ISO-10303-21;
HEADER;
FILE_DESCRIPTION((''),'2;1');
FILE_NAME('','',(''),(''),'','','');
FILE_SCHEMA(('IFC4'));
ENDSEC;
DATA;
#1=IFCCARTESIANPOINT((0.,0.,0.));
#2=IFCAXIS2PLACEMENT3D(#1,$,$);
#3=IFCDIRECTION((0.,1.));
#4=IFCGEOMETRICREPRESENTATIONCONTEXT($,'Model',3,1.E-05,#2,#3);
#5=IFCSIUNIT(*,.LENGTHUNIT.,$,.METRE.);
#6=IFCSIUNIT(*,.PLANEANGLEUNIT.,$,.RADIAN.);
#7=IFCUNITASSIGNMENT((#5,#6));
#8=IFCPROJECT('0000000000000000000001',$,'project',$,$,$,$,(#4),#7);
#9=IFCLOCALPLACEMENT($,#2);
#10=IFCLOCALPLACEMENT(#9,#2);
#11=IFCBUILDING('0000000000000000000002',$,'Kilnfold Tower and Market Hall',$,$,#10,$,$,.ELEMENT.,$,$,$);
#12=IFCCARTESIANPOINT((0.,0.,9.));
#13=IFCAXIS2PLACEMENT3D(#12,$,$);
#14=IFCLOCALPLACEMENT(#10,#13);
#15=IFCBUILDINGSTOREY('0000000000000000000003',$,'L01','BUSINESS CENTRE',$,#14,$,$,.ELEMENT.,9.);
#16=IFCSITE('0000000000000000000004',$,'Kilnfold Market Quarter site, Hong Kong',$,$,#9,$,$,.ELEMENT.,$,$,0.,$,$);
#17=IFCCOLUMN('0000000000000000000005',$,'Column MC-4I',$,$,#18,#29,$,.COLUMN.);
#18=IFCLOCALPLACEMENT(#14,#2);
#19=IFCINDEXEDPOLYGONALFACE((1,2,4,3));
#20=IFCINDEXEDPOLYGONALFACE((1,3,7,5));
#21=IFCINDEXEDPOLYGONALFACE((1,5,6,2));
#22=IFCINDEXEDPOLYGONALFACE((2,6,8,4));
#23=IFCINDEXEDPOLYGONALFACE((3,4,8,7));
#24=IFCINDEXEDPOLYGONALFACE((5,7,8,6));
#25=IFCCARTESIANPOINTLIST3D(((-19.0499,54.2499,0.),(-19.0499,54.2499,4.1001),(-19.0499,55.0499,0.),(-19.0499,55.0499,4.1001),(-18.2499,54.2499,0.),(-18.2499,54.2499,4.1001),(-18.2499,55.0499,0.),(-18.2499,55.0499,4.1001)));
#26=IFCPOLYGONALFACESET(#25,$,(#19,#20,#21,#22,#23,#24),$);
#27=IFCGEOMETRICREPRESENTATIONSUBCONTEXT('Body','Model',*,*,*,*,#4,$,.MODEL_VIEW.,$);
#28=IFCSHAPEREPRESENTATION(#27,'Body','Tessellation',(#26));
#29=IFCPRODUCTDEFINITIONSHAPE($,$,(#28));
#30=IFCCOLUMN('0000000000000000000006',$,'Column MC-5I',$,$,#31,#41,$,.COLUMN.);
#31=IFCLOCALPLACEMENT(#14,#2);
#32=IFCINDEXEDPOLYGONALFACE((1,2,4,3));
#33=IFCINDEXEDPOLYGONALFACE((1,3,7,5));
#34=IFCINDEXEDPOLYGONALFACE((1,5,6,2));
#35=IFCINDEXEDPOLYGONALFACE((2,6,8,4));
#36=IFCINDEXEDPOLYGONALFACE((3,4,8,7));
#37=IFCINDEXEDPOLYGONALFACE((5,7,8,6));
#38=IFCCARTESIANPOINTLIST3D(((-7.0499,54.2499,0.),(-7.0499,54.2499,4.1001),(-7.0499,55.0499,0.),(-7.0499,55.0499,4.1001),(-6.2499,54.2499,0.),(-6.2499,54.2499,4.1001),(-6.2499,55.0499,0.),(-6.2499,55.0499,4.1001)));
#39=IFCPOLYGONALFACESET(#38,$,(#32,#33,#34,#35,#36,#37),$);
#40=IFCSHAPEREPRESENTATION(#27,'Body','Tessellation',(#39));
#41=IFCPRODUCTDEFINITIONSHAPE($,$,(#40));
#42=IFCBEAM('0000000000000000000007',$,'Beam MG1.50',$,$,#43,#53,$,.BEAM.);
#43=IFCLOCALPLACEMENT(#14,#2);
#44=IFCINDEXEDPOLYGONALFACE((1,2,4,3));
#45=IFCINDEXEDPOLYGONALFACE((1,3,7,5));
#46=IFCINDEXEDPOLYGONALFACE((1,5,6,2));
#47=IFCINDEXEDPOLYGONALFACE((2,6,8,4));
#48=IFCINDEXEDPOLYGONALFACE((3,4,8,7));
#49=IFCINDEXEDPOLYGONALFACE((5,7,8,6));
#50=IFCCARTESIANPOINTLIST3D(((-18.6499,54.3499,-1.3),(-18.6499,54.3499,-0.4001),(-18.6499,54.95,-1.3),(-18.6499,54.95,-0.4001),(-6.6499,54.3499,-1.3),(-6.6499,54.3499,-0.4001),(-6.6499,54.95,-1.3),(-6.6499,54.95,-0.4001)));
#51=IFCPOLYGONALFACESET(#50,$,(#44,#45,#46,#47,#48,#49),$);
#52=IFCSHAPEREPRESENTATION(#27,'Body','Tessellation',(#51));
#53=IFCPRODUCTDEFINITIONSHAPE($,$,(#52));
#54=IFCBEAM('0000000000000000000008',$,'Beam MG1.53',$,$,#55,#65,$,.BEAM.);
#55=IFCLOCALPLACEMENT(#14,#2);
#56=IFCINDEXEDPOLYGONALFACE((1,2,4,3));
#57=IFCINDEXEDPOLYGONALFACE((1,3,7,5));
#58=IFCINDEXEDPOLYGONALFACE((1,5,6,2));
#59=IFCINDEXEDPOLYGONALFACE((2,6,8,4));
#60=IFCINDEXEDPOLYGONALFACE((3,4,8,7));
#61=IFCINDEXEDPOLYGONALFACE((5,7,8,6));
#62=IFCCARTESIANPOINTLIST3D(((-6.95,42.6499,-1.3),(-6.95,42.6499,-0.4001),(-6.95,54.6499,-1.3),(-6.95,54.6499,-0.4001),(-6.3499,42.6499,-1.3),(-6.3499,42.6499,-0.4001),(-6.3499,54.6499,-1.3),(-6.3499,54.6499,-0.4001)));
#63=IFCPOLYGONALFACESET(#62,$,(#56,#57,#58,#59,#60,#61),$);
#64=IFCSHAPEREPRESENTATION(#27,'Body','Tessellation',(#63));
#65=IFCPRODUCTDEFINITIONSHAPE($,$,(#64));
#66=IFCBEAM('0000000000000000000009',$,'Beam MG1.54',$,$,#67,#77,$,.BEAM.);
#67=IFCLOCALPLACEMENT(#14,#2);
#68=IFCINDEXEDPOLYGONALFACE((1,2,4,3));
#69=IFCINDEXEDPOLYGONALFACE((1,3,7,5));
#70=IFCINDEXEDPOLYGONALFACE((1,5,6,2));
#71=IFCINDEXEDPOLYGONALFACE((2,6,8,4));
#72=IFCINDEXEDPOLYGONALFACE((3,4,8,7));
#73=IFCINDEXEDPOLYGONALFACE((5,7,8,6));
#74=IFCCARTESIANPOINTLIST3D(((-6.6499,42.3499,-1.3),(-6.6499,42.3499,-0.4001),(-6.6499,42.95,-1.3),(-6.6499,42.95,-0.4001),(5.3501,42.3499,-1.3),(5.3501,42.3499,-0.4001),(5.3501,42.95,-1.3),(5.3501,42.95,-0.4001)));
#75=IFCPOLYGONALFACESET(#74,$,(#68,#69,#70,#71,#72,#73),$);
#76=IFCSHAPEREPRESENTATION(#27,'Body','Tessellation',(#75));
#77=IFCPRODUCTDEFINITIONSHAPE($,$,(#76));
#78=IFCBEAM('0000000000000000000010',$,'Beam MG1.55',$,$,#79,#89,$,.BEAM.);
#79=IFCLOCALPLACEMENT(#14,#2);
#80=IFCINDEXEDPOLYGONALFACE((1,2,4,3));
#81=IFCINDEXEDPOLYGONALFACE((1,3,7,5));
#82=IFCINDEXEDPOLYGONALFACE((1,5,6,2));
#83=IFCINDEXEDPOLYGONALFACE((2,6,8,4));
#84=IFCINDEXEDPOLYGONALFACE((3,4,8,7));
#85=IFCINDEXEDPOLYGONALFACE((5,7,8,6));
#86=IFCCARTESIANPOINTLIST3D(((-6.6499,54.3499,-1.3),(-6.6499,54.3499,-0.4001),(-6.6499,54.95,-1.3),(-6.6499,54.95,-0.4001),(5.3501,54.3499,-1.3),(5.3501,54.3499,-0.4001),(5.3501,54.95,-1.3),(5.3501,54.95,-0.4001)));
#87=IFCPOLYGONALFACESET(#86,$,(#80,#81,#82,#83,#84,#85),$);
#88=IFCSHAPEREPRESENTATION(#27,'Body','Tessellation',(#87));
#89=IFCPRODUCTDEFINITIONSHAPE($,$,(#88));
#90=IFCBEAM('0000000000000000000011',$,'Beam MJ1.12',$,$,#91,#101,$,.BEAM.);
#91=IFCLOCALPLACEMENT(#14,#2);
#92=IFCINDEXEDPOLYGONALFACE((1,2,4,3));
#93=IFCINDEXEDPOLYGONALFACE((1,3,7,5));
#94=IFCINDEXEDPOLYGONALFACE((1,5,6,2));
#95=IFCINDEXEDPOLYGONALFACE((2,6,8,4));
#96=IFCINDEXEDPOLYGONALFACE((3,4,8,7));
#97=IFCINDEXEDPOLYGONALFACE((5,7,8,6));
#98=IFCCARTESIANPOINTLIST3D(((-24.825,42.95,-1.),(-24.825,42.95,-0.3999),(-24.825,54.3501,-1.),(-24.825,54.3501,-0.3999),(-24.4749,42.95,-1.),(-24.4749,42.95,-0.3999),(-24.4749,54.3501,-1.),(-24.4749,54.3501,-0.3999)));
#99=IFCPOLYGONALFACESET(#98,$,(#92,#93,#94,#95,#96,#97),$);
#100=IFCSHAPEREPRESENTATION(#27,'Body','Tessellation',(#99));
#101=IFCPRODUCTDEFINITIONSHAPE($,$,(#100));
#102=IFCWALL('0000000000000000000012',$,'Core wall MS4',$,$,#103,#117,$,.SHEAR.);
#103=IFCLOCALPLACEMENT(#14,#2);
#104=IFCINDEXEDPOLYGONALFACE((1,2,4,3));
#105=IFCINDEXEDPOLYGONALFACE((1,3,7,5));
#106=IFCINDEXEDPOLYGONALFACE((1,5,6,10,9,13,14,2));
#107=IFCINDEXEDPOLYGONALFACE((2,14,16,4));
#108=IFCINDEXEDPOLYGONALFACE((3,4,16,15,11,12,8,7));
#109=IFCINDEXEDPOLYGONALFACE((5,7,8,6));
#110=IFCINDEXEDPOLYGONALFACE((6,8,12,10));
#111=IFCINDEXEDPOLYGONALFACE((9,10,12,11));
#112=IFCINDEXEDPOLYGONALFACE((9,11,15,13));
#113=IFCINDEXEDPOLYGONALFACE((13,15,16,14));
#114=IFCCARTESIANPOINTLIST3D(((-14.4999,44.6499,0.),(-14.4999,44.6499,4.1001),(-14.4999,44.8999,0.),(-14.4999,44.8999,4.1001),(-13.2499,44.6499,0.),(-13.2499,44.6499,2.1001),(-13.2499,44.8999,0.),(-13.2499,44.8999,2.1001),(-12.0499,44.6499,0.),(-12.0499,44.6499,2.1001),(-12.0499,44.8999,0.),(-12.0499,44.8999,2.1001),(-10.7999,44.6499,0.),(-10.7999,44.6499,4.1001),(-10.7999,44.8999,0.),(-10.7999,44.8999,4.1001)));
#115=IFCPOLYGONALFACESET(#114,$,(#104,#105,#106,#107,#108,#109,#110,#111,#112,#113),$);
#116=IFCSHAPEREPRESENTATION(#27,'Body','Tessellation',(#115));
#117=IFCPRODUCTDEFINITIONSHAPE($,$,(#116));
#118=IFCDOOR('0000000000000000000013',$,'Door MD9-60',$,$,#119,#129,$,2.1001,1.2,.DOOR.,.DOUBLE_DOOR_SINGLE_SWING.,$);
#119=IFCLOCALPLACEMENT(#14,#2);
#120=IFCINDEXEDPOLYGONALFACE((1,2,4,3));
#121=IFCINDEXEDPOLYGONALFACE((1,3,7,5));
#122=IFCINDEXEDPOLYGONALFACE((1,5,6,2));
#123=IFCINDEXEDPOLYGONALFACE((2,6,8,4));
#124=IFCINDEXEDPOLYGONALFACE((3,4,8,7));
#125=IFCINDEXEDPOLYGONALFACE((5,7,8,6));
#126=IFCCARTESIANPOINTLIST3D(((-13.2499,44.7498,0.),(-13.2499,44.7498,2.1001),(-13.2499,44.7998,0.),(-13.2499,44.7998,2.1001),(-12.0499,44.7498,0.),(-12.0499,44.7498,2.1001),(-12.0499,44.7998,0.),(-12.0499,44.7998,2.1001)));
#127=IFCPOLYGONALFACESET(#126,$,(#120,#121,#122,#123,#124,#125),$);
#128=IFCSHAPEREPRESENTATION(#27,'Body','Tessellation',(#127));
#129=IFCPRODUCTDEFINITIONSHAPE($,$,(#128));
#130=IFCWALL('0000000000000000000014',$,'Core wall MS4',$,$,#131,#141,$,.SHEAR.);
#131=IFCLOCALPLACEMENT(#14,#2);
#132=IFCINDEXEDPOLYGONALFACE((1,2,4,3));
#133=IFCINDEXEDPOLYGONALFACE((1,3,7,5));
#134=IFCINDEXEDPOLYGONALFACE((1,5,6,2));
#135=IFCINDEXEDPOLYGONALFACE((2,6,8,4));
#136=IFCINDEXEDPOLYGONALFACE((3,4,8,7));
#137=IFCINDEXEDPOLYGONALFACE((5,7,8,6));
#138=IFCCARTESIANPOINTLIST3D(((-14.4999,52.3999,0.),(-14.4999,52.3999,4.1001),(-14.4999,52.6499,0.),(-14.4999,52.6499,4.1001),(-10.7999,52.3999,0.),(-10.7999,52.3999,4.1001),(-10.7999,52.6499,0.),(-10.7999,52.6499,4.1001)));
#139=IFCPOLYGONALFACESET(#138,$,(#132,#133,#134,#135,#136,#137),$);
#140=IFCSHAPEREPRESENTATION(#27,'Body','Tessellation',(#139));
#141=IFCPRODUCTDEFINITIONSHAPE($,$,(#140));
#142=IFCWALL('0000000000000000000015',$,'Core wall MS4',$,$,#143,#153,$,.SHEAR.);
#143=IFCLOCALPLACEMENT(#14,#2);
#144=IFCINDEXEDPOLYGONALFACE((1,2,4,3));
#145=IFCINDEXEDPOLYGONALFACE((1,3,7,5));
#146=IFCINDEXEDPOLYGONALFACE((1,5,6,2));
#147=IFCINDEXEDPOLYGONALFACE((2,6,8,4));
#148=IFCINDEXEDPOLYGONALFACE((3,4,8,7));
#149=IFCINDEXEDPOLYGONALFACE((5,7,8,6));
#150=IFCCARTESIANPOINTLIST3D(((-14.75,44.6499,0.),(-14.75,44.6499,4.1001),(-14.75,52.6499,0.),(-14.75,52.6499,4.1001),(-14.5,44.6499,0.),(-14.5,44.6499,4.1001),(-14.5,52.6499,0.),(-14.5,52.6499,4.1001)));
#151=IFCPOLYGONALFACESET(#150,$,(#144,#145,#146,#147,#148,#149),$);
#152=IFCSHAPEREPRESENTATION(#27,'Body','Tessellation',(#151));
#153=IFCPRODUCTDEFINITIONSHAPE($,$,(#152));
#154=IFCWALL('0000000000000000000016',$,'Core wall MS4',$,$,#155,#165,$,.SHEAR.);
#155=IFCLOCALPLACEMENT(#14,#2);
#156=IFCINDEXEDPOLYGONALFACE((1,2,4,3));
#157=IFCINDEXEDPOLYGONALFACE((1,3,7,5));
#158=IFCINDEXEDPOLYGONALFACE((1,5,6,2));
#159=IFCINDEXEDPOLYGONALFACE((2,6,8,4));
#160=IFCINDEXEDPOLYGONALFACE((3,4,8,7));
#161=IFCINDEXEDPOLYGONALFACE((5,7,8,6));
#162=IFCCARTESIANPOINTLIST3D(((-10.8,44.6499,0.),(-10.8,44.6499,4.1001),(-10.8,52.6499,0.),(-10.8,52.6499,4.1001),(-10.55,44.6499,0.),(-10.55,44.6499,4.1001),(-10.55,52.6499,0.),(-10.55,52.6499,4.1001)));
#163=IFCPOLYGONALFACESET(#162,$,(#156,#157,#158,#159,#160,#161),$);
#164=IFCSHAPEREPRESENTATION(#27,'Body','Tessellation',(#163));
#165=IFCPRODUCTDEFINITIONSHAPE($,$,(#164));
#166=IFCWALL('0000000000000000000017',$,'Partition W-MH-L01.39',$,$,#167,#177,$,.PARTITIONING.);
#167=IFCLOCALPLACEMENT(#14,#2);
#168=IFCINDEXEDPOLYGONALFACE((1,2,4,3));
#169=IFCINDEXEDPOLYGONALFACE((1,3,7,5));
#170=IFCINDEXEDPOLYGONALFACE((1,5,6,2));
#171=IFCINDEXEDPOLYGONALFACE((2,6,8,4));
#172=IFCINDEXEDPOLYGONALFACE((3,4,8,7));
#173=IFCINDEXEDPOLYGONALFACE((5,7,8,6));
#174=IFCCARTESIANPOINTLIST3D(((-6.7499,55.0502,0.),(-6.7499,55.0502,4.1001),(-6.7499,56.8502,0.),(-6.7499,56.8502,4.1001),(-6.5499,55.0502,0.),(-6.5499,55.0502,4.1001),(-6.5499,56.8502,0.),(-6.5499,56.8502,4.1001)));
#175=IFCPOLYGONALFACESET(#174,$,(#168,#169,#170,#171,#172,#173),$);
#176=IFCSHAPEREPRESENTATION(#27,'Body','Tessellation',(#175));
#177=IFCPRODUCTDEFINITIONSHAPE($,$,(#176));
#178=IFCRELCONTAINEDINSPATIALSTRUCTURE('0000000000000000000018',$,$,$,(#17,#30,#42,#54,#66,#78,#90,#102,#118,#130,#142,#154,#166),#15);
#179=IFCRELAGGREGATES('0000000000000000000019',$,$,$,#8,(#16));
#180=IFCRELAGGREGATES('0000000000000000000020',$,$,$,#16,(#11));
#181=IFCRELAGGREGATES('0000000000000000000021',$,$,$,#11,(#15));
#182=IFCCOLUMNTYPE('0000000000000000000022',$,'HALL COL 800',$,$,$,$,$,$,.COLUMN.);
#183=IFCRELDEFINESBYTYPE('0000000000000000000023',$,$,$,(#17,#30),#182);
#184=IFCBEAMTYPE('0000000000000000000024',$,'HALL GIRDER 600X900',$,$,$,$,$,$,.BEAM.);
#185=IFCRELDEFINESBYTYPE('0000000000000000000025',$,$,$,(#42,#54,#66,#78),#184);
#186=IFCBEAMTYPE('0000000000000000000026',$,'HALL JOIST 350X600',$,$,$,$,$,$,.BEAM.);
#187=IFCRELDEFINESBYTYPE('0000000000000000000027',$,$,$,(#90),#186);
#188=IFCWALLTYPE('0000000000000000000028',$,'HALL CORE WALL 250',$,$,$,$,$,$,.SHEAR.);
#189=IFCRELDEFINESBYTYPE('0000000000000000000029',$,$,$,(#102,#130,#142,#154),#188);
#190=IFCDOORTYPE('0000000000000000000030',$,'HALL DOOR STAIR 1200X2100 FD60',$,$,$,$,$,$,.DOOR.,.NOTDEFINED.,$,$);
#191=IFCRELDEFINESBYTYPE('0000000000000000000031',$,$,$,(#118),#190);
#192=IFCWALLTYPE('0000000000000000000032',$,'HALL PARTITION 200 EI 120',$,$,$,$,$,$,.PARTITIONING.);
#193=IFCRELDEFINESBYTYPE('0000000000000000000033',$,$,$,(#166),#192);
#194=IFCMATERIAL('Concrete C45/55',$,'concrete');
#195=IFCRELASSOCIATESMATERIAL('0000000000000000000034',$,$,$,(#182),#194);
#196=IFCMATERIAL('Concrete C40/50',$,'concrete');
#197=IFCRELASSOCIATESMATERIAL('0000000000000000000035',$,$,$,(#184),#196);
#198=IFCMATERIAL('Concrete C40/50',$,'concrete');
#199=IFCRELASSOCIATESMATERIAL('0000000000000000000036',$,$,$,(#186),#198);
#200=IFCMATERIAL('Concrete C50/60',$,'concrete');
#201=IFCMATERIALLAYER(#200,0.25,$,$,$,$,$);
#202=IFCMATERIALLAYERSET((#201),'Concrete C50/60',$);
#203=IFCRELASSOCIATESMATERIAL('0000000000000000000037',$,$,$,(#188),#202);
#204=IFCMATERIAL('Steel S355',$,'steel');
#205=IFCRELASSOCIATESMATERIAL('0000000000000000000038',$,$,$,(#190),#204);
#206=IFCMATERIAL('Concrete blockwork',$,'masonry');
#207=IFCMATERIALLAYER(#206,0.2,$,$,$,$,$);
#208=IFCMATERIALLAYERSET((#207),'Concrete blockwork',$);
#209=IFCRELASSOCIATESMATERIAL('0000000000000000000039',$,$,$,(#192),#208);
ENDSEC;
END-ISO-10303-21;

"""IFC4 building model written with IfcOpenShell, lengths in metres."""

from ifc_helpers import new_model, si_unit, direction, frame, frame_2d, origin, origin_2d, place, context, subcontext, project, spatial, rectangle, extrude, source, transform, mapped, material, layer, layer_set, material_profile, profile_set, type_object, element, fill, save


model = new_model("IFC4")

# Units and contexts
model_context = context("Model", 3, precision=1e-05, world=origin(), true_north=direction((0.0, 1.0)))
body_context = subcontext(model_context, "Body", "Model", "MODEL_VIEW")
ifc_project = project(units=[si_unit("LENGTHUNIT", "METRE"), si_unit("PLANEANGLEUNIT", "RADIAN")], contexts=[model_context])

# Site, building, storey
site_placement = place(None, origin())
site = spatial("IfcSite", under=ifc_project, at=site_placement, Name="Kilnfold Market Quarter site, Hong Kong", CompositionType="ELEMENT", RefElevation=0.0)
building_placement = place(site_placement, origin())
building = spatial("IfcBuilding", under=site, at=building_placement, Name="Kilnfold Tower and Market Hall", CompositionType="ELEMENT")
storey_placement = place(building_placement, frame((0.0, 0.0, 9.0)))
storey = spatial("IfcBuildingStorey", under=building, at=storey_placement, Name="L01", Description="BUSINESS CENTRE", CompositionType="ELEMENT", Elevation=9.0)

# Columns
ifc_material_1 = material(Name="Concrete C45/55", Category="concrete")
ifc_material_profile_1 = material_profile(ifc_material_1, rectangle(XDim=0.8, YDim=0.8, at=origin_2d()), Name="RC 800x800")
ifc_profile_set_1 = profile_set([ifc_material_profile_1], Name="Concrete C45/55")
column_type = type_object("IfcColumnType", Name="HALL COL 800", PredefinedType="COLUMN", material=ifc_profile_set_1)
shared_shape_1 = source(origin(), body_context, "Body", "SweptSolid", [
    extrude(rectangle(XDim=0.8, YDim=0.8, at=origin_2d()), origin(), (0.0, 0.0, 1.0), 4.1001),
])
for number, where, z_axis, x_axis, name in (
    (1, (-18.6499, 54.6499, 0.0), (0.0, 0.0, 1.0), (1.0, 0.0, 0.0), "Column MC-4I"),
    (2, (-6.6499, 54.6499, 0.0), (0.0, 0.0, 1.0), (1.0, 0.0, 0.0), "Column MC-5I"),
):
    element("IfcColumn", number, at=place(storey_placement, frame(where, z_axis=z_axis, x_axis=x_axis)), inside=storey, type_object=column_type, Name=name, PredefinedType="COLUMN", context=body_context, shape_type="MappedRepresentation", body=[
        mapped(shared_shape_1, transform((0.0, 0.0, 0.0))),
    ])

# Beams
ifc_material_2 = material(Name="Concrete C40/50", Category="concrete")
ifc_material_profile_2 = material_profile(ifc_material_2, rectangle(XDim=0.6001, YDim=0.8999, at=origin_2d()), Name="RC 600x900")
ifc_profile_set_2 = profile_set([ifc_material_profile_2], Name="Concrete C40/50")
beam_type_1 = type_object("IfcBeamType", Name="HALL GIRDER 600X900", PredefinedType="BEAM", material=ifc_profile_set_2)
for number, where, z_axis, x_axis, name in (
    (3, (-18.6499, 54.6499, -0.8501), (1.0, 0.0, 0.0), (0.0, 1.0, 0.0), "Beam MG1.50"),
    (4, (-6.6499, 42.6499, -0.8501), (0.0, 1.0, 0.0), (-1.0, 0.0, 0.0), "Beam MG1.53"),
    (5, (-6.6499, 42.6499, -0.8501), (1.0, 0.0, 0.0), (0.0, 1.0, 0.0), "Beam MG1.54"),
    (6, (-6.6499, 54.6499, -0.8501), (1.0, 0.0, 0.0), (0.0, 1.0, 0.0), "Beam MG1.55"),
):
    element("IfcBeam", number, at=place(storey_placement, frame(where, z_axis=z_axis, x_axis=x_axis)), inside=storey, type_object=beam_type_1, Name=name, PredefinedType="BEAM", context=body_context, shape_type="SweptSolid", body=[
        extrude(rectangle(XDim=0.6001, YDim=0.8999, at=origin_2d()), origin(), (0.0, 0.0, 1.0), 12.0),
    ])
ifc_material_3 = material(Name="Concrete C40/50", Category="concrete")
ifc_material_profile_3 = material_profile(ifc_material_3, rectangle(XDim=0.3501, YDim=0.6001, at=origin_2d()), Name="RC 350x600")
ifc_profile_set_3 = profile_set([ifc_material_profile_3], Name="Concrete C40/50")
beam_type_2 = type_object("IfcBeamType", Name="HALL JOIST 350X600", PredefinedType="BEAM", material=ifc_profile_set_3)
beam_placement = place(storey_placement, frame((-24.6499, 42.95, -0.7), z_axis=(0.0, 1.0, 0.0), x_axis=(-1.0, 0.0, 0.0)))
element("IfcBeam", 7, at=beam_placement, inside=storey, type_object=beam_type_2, Name="Beam MJ1.12", PredefinedType="BEAM", context=body_context, shape_type="SweptSolid", body=[
    extrude(rectangle(XDim=0.3501, YDim=0.6001, at=origin_2d()), origin(), (0.0, 0.0, 1.0), 11.4001),
])

# Wall, opening, door
ifc_material_4 = material(Name="Concrete C50/60", Category="concrete")
ifc_layer_1 = layer(ifc_material_4, 0.25)
ifc_layer_set_1 = layer_set([ifc_layer_1], Name="Concrete C50/60")
wall_type_1 = type_object("IfcWallType", Name="HALL CORE WALL 250", PredefinedType="SHEAR", material=ifc_layer_set_1)
shared_shape_2 = source(origin(), body_context, "Body", "SweptSolid", [
    extrude(rectangle(XDim=3.7, YDim=0.25, at=frame_2d((1.8501, 0.0))), origin(), (0.0, 0.0, 1.0), 4.1001),
])
wall_1_placement = place(storey_placement, frame((-14.5, 44.7749, 0.0), z_axis=(0.0, 0.0, 1.0), x_axis=(1.0, 0.0, 0.0)))
wall_1 = element("IfcWall", 8, at=wall_1_placement, inside=storey, type_object=wall_type_1, Name="Core wall MS4", PredefinedType="SHEAR", context=body_context, shape_type="MappedRepresentation", body=[
    mapped(shared_shape_2, transform((0.0, 0.0, 0.0))),
])
opening_1_placement = place(wall_1_placement, frame((1.25, 0.0, 0.0)))
opening_1 = element("IfcOpeningElement", 9, at=opening_1_placement, cuts=wall_1, PredefinedType="OPENING", context=body_context, shape_type="SweptSolid", body=[
    extrude(rectangle(XDim=1.2, YDim=2.1001, at=frame_2d((0.6001, 1.05))), frame((0.0, 0.135, 0.0), z_axis=(0.0, -1.0, 0.0), x_axis=(1.0, 0.0, 0.0)), (0.0, 0.0, 1.0), 0.27),
])
ifc_material_5 = material(Name="Steel S355", Category="steel")
door_type_1 = type_object("IfcDoorType", Name="HALL DOOR STAIR 1200X2100 FD60", OperationType="NOTDEFINED", PredefinedType="DOOR", material=ifc_material_5)
door_1_placement = place(opening_1_placement, origin())
door_1 = element("IfcDoor", 10, at=door_1_placement, inside=storey, type_object=door_type_1, Name="Door MD9-60", OperationType="DOUBLE_DOOR_SINGLE_SWING", OverallHeight=2.1001, OverallWidth=1.2, PredefinedType="DOOR", context=body_context, shape_type="SweptSolid", body=[
    extrude(rectangle(XDim=1.2, YDim=2.1001, at=frame_2d((0.6001, 1.05))), frame((0.0, 0.0249, 0.0), z_axis=(0.0, -1.0, 0.0), x_axis=(1.0, 0.0, 0.0)), (0.0, 0.0, 1.0), 0.05),
])
fill(opening_1, door_1)

# Walls
wall_2_placement = place(storey_placement, frame((-14.5, 52.5249, 0.0), z_axis=(0.0, 0.0, 1.0), x_axis=(1.0, 0.0, 0.0)))
element("IfcWall", 11, at=wall_2_placement, inside=storey, type_object=wall_type_1, Name="Core wall MS4", PredefinedType="SHEAR", context=body_context, shape_type="MappedRepresentation", body=[
    mapped(shared_shape_2, transform((0.0, 0.0, 0.0))),
])
shared_shape_3 = source(origin(), body_context, "Body", "SweptSolid", [
    extrude(rectangle(XDim=8.0, YDim=0.25, at=frame_2d((4.0, 0.0))), origin(), (0.0, 0.0, 1.0), 4.1001),
])
for number, where, z_axis, x_axis, name in (
    (12, (-14.625, 44.6499, 0.0), (0.0, 0.0, 1.0), (0.0, 1.0, 0.0), "Core wall MS4"),
    (13, (-10.675, 44.6499, 0.0), (0.0, 0.0, 1.0), (0.0, 1.0, 0.0), "Core wall MS4"),
):
    element("IfcWall", number, at=place(storey_placement, frame(where, z_axis=z_axis, x_axis=x_axis)), inside=storey, type_object=wall_type_1, Name=name, PredefinedType="SHEAR", context=body_context, shape_type="MappedRepresentation", body=[
        mapped(shared_shape_3, transform((0.0, 0.0, 0.0))),
    ])
ifc_material_6 = material(Name="Concrete blockwork", Category="masonry")
ifc_layer_2 = layer(ifc_material_6, 0.2)
ifc_layer_set_2 = layer_set([ifc_layer_2], Name="Concrete blockwork")
wall_type_2 = type_object("IfcWallType", Name="HALL PARTITION 200 EI 120", PredefinedType="PARTITIONING", material=ifc_layer_set_2)
shared_shape_4 = source(origin(), body_context, "Body", "SweptSolid", [
    extrude(rectangle(XDim=1.8, YDim=0.2, at=frame_2d((0.8999, 0.0))), origin(), (0.0, 0.0, 1.0), 4.1001),
])
wall_3_placement = place(storey_placement, frame((-6.6499, 56.8501, 0.0), z_axis=(0.0, 0.0, 1.0), x_axis=(0.0, -1.0, 0.0)))
element("IfcWall", 14, at=wall_3_placement, inside=storey, type_object=wall_type_2, Name="Partition W-MH-L01.39", PredefinedType="PARTITIONING", context=body_context, shape_type="MappedRepresentation", body=[
    mapped(shared_shape_4, transform((0.0, 0.0, 0.0))),
])

save(model, "model.ifc")
